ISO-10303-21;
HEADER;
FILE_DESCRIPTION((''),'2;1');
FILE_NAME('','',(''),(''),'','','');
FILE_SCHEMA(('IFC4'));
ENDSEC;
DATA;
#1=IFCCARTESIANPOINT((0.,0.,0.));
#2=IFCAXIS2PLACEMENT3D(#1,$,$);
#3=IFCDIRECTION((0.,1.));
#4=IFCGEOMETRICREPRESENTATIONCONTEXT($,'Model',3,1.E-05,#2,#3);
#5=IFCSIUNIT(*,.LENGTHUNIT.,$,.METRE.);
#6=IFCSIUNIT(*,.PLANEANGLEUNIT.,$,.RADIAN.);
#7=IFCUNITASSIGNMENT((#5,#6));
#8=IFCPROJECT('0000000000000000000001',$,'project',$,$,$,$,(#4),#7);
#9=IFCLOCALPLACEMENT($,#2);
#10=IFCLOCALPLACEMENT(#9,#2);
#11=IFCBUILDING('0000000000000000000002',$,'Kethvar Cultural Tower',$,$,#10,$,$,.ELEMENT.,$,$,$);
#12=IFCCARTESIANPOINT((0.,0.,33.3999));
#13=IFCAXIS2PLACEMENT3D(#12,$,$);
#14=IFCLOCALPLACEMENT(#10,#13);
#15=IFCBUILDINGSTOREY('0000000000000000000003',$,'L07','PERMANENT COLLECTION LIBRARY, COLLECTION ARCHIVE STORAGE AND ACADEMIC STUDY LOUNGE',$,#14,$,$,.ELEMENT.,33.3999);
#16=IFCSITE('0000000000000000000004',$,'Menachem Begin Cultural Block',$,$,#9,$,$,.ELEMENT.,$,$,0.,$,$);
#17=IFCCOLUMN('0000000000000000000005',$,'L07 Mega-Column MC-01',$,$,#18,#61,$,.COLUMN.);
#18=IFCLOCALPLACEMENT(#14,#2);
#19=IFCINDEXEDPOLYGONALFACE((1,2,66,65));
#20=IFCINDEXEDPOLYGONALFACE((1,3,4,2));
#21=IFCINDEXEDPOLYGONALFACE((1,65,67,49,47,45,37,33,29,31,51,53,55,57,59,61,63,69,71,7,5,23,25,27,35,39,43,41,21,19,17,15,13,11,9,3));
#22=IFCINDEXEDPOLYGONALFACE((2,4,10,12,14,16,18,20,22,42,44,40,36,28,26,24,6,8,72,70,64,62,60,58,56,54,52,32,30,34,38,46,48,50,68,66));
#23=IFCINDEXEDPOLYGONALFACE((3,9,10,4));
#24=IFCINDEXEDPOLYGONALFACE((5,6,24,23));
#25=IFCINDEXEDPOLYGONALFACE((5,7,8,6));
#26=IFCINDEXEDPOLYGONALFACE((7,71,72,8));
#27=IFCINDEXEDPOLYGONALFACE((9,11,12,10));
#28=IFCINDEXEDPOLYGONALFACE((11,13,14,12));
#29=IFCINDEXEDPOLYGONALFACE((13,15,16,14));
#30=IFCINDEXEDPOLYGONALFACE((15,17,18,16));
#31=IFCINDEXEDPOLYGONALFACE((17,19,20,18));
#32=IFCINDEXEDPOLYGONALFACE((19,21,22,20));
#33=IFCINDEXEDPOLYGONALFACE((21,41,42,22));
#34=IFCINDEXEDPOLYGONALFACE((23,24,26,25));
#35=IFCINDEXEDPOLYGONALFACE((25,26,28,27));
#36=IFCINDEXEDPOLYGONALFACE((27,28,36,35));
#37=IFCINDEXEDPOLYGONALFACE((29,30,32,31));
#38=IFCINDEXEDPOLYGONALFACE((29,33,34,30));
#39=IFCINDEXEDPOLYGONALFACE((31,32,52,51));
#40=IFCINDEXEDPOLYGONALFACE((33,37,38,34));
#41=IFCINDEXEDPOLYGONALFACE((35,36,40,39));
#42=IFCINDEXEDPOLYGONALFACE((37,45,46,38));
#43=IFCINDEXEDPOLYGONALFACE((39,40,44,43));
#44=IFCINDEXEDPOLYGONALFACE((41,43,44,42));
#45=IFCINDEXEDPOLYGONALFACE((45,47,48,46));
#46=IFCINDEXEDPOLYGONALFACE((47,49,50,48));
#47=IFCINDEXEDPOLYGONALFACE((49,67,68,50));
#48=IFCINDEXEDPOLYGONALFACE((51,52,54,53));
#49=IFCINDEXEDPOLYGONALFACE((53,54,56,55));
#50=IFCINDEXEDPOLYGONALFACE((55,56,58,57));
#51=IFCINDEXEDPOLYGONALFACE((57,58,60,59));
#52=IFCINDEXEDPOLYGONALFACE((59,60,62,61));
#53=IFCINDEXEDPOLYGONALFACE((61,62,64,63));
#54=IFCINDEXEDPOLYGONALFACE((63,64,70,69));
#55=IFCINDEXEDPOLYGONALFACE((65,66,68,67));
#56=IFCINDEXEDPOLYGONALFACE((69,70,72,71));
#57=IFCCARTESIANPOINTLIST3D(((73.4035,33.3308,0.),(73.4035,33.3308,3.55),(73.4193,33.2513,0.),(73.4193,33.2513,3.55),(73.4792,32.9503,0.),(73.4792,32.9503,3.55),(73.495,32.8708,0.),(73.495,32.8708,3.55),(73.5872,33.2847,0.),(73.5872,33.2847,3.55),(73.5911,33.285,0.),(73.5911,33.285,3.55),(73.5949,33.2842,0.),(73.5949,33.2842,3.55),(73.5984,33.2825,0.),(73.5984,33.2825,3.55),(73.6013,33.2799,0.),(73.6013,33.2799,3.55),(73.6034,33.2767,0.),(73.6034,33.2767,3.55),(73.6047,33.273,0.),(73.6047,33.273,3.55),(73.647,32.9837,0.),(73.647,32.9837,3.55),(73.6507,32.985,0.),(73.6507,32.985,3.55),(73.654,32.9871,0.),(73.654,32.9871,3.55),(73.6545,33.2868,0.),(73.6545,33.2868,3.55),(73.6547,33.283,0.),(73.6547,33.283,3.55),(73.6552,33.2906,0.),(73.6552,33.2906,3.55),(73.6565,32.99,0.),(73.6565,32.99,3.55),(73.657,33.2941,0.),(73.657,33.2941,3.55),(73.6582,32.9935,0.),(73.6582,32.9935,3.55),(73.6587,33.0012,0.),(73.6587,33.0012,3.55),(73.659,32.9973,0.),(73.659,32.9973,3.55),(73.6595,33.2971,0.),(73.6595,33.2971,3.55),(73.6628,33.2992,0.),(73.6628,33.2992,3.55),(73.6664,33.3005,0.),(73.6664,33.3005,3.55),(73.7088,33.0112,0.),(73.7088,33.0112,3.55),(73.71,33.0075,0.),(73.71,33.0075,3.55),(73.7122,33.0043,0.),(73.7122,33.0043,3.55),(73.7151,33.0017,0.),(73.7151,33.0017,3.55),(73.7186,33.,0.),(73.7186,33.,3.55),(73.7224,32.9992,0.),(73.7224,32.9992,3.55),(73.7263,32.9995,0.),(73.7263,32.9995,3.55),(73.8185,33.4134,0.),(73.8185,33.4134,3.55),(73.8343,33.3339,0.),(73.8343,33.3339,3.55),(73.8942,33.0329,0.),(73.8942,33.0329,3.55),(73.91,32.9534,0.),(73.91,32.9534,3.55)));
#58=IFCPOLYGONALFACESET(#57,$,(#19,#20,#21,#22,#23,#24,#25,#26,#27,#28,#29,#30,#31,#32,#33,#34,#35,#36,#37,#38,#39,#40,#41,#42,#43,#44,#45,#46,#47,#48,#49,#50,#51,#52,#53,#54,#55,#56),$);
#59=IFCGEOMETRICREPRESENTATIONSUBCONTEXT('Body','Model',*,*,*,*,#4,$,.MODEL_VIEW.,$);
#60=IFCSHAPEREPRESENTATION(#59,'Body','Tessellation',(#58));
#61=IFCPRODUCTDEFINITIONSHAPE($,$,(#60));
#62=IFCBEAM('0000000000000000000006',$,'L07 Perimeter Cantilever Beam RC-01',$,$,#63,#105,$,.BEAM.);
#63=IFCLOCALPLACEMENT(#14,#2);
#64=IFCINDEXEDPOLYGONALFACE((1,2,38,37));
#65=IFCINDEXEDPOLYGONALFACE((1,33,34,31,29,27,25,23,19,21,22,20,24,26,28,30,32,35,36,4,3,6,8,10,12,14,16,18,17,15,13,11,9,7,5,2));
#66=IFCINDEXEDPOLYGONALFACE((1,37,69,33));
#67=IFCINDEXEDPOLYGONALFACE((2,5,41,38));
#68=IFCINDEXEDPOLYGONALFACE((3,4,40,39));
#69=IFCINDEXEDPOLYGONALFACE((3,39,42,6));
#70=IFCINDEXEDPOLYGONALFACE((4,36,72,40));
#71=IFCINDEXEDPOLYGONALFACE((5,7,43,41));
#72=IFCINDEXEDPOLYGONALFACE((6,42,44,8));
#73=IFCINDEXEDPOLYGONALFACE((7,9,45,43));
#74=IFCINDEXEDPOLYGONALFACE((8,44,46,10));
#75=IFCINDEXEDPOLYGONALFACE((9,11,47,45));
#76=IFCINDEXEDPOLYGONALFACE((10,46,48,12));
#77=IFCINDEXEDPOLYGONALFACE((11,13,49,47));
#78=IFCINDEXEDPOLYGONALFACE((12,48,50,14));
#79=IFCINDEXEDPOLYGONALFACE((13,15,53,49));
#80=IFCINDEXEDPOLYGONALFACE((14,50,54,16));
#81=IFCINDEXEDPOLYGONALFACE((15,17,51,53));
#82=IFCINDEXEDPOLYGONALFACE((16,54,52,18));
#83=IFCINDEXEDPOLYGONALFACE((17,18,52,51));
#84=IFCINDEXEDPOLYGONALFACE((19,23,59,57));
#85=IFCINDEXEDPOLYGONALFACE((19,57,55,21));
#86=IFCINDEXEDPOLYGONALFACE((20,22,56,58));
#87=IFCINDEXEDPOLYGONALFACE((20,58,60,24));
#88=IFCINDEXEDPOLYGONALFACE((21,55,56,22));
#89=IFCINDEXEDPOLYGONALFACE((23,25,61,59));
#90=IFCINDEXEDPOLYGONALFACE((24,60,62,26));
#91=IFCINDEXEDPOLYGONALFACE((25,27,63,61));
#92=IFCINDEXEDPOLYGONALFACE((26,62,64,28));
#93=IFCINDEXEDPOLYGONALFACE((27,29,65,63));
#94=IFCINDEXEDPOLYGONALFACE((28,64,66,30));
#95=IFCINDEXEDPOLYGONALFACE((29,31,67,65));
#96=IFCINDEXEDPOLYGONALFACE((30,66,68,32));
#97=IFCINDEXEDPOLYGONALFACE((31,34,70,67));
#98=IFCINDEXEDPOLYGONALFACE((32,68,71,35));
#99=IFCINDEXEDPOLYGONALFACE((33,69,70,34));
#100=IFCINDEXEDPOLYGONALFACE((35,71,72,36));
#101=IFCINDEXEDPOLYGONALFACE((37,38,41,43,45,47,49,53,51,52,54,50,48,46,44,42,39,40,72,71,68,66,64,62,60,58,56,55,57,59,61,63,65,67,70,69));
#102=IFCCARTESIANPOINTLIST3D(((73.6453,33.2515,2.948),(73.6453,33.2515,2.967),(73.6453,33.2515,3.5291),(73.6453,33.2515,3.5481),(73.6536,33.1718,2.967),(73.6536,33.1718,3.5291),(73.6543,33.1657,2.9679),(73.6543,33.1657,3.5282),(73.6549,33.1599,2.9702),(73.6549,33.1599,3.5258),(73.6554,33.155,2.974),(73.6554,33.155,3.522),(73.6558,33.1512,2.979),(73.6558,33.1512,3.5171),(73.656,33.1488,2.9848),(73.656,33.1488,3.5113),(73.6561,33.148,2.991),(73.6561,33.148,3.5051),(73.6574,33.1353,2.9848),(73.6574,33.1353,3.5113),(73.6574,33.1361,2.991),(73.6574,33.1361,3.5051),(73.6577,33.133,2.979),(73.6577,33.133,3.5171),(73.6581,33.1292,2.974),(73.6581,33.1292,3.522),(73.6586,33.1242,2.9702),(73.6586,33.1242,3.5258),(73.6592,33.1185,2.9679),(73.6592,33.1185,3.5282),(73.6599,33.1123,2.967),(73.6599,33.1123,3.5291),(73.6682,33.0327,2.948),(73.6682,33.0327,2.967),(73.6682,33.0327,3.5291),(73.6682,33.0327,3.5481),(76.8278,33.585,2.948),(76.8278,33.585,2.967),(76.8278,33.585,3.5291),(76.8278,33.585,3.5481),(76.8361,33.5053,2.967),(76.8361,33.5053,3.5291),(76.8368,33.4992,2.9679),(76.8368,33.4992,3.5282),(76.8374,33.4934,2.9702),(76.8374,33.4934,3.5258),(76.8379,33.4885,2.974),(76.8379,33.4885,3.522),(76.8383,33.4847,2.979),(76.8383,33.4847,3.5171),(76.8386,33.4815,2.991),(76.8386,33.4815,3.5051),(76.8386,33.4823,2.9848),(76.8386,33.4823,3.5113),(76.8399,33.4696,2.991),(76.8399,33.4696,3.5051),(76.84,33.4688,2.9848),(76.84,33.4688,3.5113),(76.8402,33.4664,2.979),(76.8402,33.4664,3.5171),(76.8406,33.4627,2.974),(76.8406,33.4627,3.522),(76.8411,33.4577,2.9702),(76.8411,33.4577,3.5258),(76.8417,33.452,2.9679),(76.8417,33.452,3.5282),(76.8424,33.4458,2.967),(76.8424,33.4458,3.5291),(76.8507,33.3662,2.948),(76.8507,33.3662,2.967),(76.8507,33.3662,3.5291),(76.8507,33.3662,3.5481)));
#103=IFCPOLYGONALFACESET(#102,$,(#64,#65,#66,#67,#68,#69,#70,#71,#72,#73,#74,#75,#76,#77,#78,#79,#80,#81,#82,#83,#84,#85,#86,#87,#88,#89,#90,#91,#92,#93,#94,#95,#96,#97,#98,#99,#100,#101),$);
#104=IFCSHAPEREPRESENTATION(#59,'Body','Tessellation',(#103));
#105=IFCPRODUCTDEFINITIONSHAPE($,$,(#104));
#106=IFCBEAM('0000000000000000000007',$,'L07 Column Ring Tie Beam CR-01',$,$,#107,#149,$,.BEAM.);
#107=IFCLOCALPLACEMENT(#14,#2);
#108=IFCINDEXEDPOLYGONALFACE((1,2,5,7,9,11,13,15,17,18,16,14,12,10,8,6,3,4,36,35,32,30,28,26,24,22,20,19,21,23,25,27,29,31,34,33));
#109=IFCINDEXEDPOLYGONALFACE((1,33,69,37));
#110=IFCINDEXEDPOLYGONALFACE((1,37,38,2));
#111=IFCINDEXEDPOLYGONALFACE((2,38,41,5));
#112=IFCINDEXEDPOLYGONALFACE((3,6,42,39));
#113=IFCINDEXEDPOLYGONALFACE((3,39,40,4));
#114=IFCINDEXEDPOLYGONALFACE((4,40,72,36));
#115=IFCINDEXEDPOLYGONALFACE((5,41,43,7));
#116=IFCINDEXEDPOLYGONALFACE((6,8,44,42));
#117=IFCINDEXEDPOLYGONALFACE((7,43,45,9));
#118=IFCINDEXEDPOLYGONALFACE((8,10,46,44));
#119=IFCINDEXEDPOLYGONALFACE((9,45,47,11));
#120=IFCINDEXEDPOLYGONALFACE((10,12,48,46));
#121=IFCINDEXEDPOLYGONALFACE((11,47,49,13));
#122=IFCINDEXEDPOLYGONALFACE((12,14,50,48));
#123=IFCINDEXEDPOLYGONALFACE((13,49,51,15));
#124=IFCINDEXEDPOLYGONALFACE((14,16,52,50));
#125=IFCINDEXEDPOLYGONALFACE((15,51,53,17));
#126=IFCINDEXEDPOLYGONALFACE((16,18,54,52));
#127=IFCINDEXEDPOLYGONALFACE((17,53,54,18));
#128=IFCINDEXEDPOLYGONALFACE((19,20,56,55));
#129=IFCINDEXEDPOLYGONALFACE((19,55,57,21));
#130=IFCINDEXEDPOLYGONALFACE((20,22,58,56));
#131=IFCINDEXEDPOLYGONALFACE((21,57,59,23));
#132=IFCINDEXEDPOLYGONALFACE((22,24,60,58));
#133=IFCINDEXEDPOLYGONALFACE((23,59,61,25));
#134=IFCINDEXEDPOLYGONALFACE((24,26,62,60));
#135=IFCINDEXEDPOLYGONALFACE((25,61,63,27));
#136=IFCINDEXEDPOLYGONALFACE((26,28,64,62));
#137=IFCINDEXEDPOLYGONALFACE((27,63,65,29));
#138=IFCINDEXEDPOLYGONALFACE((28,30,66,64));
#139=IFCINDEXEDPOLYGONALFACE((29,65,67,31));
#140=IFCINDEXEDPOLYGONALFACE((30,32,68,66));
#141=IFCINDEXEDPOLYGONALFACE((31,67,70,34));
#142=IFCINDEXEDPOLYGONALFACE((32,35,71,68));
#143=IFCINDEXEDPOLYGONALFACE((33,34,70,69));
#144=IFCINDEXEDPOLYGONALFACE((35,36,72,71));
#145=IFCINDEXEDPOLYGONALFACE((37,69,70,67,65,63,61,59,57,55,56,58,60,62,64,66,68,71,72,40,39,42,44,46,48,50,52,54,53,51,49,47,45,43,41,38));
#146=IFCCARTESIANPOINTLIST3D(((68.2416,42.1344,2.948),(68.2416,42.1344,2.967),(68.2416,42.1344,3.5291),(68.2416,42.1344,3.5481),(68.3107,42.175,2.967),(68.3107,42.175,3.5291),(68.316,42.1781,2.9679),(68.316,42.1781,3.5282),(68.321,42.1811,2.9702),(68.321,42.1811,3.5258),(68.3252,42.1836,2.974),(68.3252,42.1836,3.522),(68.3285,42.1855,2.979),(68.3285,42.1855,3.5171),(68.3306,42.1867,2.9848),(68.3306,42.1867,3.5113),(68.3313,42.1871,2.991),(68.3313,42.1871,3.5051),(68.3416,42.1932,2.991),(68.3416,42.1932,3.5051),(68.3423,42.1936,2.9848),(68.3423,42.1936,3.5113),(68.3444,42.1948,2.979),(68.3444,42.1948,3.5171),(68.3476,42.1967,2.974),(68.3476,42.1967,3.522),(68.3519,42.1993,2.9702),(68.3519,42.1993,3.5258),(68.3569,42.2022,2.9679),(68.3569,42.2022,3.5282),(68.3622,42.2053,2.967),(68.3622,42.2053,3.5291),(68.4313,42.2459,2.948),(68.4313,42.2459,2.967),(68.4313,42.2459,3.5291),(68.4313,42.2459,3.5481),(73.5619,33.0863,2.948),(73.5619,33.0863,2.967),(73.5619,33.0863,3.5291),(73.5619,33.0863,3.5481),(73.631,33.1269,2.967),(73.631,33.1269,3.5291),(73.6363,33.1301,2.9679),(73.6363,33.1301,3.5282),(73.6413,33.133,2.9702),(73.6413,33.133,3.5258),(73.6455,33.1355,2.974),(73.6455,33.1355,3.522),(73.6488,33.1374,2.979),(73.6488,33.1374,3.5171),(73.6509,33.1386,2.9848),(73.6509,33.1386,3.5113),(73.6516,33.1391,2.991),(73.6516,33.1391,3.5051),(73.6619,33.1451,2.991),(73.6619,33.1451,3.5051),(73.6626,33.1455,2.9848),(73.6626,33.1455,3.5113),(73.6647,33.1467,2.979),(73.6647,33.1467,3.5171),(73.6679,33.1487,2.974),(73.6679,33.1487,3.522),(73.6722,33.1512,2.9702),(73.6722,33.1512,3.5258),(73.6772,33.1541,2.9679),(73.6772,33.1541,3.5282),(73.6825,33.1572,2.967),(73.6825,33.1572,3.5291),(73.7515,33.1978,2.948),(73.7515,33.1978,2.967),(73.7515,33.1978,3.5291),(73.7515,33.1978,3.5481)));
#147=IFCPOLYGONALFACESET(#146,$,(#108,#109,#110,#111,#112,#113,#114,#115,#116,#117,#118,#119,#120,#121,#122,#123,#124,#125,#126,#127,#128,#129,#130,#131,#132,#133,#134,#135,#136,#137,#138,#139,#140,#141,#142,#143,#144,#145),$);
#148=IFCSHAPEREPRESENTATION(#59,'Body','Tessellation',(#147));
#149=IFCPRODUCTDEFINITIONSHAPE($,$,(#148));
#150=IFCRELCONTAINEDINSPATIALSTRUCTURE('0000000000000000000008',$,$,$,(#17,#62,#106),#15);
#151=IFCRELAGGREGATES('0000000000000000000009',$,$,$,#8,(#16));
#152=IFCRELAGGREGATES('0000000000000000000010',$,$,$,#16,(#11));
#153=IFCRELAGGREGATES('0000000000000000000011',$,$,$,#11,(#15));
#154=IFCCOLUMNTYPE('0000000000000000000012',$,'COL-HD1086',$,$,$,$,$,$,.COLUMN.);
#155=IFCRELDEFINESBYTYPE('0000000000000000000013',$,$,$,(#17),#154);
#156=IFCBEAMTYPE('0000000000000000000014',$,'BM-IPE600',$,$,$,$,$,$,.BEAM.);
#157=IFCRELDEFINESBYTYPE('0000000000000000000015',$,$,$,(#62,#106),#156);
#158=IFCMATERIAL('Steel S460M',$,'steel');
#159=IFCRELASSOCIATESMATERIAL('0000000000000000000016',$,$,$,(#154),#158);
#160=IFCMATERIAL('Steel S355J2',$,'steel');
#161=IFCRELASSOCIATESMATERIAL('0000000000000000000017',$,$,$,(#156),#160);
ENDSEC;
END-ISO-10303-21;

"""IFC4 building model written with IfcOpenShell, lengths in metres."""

from ifc_helpers import new_model, si_unit, direction, frame, origin, origin_2d, place, context, subcontext, project, spatial, i_section, extrude, source, transform, mapped, material, material_profile, profile_set, type_object, element, save


model = new_model("IFC4")

# Units and contexts
model_context = context("Model", 3, precision=1e-05, world=origin(), true_north=direction((0.0, 1.0)))
body_context = subcontext(model_context, "Body", "Model", "MODEL_VIEW")
ifc_project = project(units=[si_unit("LENGTHUNIT", "METRE"), si_unit("PLANEANGLEUNIT", "RADIAN")], contexts=[model_context])

# Site, building, storey
site_placement = place(None, origin())
site = spatial("IfcSite", under=ifc_project, at=site_placement, Name="Menachem Begin Cultural Block", CompositionType="ELEMENT", RefElevation=0.0)
building_placement = place(site_placement, origin())
building = spatial("IfcBuilding", under=site, at=building_placement, Name="Kethvar Cultural Tower", CompositionType="ELEMENT")
storey_placement = place(building_placement, frame((0.0, 0.0, 33.3999)))
storey = spatial("IfcBuildingStorey", under=building, at=storey_placement, Name="L07", Description="PERMANENT COLLECTION LIBRARY, COLLECTION ARCHIVE STORAGE AND ACADEMIC STUDY LOUNGE", CompositionType="ELEMENT", Elevation=33.3999)

# Column
ifc_material_1 = material(Name="Steel S460M", Category="steel")
ifc_material_profile_1 = material_profile(ifc_material_1, i_section(OverallWidth=0.4231, OverallDepth=0.469, WebThickness=0.051, FlangeThickness=0.0811, FilletRadius=0.0149, at=origin_2d()), Name="Steel S460M — HD400x1086")
ifc_profile_set_1 = profile_set([ifc_material_profile_1], Name="Steel S460M — HD400x1086")
column_type = type_object("IfcColumnType", Name="COL-HD1086", PredefinedType="COLUMN", material=ifc_profile_set_1)
shared_shape_1 = source(origin(), body_context, "Body", "SweptSolid", [
    extrude(i_section(OverallWidth=0.4231, OverallDepth=0.469, WebThickness=0.051, FlangeThickness=0.0811, FilletRadius=0.0149, at=origin_2d()), origin(), (0.0, 0.0, 1.0), 3.55),
])
column_placement = place(storey_placement, frame((73.6567, 33.1421, 0.0), z_axis=(0.0, 0.0, 1.0), x_axis=(0.980785, 0.19509, 0.0)))
element("IfcColumn", 1, at=column_placement, inside=storey, type_object=column_type, Name="L07 Mega-Column MC-01", PredefinedType="COLUMN", context=body_context, shape_type="MappedRepresentation", body=[
    mapped(shared_shape_1, transform((0.0, 0.0, 0.0), scale=1.0)),
])

# Beams
ifc_material_2 = material(Name="Steel S355J2", Category="steel")
ifc_material_profile_2 = material_profile(ifc_material_2, i_section(OverallWidth=0.22, OverallDepth=0.6001, WebThickness=0.012, FlangeThickness=0.019, FilletRadius=0.0239, at=origin_2d()), Name="Steel S355J2 — IPE600")
ifc_profile_set_2 = profile_set([ifc_material_profile_2], Name="Steel S355J2 — IPE600")
beam_type_1 = type_object("IfcBeamType", Name="BM-IPE600", PredefinedType="BEAM", material=ifc_profile_set_2)
shared_shape_2 = source(origin(), body_context, "Body", "SweptSolid", [
    extrude(i_section(OverallWidth=0.22, OverallDepth=0.6001, WebThickness=0.012, FlangeThickness=0.019, FilletRadius=0.0239, at=origin_2d()), origin(), (0.0, 0.0, 1.0), 3.2),
])
beam_1_placement = place(storey_placement, frame((73.6567, 33.1421, 3.248), z_axis=(0.994555, 0.104216, 0.0), x_axis=(-0.104216, 0.994555, 0.0)))
element("IfcBeam", 2, at=beam_1_placement, inside=storey, type_object=beam_type_1, Name="L07 Perimeter Cantilever Beam RC-01", PredefinedType="BEAM", context=body_context, shape_type="MappedRepresentation", body=[
    mapped(shared_shape_2, transform((0.0, 0.0, 0.0), scale=1.0)),
])
shared_shape_3 = source(origin(), body_context, "Body", "SweptSolid", [
    extrude(i_section(OverallWidth=0.22, OverallDepth=0.6001, WebThickness=0.012, FlangeThickness=0.019, FilletRadius=0.0239, at=origin_2d()), origin(), (0.0, 0.0, 1.0), 10.4963),
])
beam_2_placement = place(storey_placement, frame((73.6567, 33.1421, 3.248), z_axis=(-0.506872, 0.862022, 0.0), x_axis=(-0.862022, -0.506872, 0.0)))
element("IfcBeam", 3, at=beam_2_placement, inside=storey, type_object=beam_type_1, Name="L07 Column Ring Tie Beam CR-01", PredefinedType="BEAM", context=body_context, shape_type="MappedRepresentation", body=[
    mapped(shared_shape_3, transform((0.0, 0.0, 0.0), scale=1.0)),
])

save(model, "model.ifc")
